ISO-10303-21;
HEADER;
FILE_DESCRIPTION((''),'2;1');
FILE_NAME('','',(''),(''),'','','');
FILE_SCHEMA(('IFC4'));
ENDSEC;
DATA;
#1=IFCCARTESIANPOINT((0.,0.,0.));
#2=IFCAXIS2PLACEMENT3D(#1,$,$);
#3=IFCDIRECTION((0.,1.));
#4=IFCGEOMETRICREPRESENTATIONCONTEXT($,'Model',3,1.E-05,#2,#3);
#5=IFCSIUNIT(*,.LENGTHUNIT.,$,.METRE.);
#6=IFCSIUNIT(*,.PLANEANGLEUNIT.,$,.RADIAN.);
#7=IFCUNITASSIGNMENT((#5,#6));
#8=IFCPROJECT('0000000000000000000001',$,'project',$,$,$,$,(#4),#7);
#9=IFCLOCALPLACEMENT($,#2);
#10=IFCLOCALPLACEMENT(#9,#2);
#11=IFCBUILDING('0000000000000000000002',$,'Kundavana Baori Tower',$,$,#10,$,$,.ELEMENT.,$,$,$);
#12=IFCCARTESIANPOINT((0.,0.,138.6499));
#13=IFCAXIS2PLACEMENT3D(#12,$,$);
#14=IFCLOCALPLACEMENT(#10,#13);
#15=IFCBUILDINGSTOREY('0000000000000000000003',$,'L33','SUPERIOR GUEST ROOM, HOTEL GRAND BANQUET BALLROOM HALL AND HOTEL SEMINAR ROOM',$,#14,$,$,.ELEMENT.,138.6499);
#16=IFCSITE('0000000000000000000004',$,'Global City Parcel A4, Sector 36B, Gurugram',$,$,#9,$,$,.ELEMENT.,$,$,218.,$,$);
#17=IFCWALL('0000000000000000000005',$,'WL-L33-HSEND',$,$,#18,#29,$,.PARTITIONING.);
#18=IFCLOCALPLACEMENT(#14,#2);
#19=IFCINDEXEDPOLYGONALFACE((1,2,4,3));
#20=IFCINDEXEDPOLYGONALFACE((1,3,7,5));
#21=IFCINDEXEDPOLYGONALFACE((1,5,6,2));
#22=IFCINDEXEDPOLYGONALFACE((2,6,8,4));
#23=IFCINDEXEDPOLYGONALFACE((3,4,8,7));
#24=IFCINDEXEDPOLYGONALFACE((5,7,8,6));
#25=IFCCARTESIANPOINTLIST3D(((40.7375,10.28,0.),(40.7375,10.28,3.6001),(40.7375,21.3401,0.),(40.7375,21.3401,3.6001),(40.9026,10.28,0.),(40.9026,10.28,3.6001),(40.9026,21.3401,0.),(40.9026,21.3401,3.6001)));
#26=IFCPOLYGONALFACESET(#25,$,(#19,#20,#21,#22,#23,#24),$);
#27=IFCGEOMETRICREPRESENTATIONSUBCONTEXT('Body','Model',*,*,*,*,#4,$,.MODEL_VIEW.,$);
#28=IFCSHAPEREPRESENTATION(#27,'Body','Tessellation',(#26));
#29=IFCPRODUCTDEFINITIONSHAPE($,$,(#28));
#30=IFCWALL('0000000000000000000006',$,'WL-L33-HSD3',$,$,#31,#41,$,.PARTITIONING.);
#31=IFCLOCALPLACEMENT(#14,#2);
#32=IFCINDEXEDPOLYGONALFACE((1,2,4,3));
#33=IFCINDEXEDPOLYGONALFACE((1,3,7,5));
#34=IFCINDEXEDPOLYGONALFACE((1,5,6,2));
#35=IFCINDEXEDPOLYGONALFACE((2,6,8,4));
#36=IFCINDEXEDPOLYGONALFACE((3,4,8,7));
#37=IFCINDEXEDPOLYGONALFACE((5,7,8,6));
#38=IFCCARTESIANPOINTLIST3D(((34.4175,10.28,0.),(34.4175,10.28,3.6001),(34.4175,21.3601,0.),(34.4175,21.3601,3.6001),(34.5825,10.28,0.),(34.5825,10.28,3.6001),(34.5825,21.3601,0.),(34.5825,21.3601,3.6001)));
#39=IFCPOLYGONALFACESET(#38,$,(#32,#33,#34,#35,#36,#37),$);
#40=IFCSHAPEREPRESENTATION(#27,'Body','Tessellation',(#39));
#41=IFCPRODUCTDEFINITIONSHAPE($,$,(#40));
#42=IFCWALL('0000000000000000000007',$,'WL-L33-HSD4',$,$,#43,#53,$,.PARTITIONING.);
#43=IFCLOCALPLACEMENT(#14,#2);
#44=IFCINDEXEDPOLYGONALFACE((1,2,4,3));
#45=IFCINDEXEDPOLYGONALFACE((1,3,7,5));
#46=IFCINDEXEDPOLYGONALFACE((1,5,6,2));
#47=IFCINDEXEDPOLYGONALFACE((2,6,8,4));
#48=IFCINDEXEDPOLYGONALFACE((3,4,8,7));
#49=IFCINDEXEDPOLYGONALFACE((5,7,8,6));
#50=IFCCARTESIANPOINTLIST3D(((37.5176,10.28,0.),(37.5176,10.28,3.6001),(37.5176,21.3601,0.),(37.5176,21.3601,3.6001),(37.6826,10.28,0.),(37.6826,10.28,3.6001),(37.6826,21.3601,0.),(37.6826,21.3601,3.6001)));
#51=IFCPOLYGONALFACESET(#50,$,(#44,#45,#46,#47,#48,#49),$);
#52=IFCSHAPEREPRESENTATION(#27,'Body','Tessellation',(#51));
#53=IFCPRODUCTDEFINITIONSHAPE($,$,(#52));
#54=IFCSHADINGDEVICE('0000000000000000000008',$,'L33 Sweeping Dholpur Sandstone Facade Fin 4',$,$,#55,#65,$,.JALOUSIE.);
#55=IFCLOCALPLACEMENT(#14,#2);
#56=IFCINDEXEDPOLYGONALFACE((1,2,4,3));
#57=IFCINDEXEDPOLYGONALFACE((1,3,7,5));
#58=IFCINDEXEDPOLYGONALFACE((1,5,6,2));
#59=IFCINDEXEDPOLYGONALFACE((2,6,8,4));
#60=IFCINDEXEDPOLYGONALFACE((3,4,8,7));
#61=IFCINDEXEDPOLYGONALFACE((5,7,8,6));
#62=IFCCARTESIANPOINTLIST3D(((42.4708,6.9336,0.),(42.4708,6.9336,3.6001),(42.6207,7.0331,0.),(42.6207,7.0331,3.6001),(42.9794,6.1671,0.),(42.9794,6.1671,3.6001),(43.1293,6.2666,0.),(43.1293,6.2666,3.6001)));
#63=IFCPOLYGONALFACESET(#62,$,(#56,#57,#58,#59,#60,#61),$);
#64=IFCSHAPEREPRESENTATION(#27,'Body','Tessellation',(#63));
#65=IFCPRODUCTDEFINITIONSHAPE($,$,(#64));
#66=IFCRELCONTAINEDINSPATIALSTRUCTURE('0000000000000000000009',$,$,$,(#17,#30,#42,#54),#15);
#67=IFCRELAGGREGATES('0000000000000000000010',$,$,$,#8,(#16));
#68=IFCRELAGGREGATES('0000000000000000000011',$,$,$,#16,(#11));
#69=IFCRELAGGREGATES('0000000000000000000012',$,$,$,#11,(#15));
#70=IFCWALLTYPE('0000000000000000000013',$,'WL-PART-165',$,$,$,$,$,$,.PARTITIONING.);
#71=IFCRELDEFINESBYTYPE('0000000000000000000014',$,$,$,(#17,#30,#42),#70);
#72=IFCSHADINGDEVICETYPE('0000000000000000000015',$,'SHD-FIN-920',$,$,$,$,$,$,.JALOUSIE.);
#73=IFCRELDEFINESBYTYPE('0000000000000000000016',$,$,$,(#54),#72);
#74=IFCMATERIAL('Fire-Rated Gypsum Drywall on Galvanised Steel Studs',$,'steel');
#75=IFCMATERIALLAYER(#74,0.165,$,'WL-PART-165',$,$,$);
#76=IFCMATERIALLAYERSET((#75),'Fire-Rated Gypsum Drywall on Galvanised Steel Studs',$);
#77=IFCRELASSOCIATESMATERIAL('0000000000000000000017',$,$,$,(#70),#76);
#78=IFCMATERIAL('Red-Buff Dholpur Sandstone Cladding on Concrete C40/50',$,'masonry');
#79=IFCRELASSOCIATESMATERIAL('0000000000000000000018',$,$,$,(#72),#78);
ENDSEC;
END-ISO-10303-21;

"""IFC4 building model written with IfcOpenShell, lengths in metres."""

from ifc_helpers import new_model, si_unit, direction, frame, frame_2d, origin, origin_2d, place, context, subcontext, project, spatial, rectangle, extrude, material, layer, layer_set, type_object, element, save


model = new_model("IFC4")

# Units and contexts
model_context = context("Model", 3, precision=1e-05, world=origin(), true_north=direction((0.0, 1.0)))
body_context = subcontext(model_context, "Body", "Model", "MODEL_VIEW")
ifc_project = project(units=[si_unit("LENGTHUNIT", "METRE"), si_unit("PLANEANGLEUNIT", "RADIAN")], contexts=[model_context])

# Site, building, storey
site_placement = place(None, origin())
site = spatial("IfcSite", under=ifc_project, at=site_placement, Name="Global City Parcel A4, Sector 36B, Gurugram", CompositionType="ELEMENT", RefElevation=218.0)
building_placement = place(site_placement, origin())
building = spatial("IfcBuilding", under=site, at=building_placement, Name="Kundavana Baori Tower", CompositionType="ELEMENT")
storey_placement = place(building_placement, frame((0.0, 0.0, 138.6499)))
storey = spatial("IfcBuildingStorey", under=building, at=storey_placement, Name="L33", Description="SUPERIOR GUEST ROOM, HOTEL GRAND BANQUET BALLROOM HALL AND HOTEL SEMINAR ROOM", CompositionType="ELEMENT", Elevation=138.6499)

# Walls
ifc_material_1 = material(Name="Fire-Rated Gypsum Drywall on Galvanised Steel Studs", Category="steel")
ifc_layer_1 = layer(ifc_material_1, 0.165, Name="WL-PART-165")
ifc_layer_set_1 = layer_set([ifc_layer_1], Name="Fire-Rated Gypsum Drywall on Galvanised Steel Studs")
wall_type_1 = type_object("IfcWallType", Name="WL-PART-165", PredefinedType="PARTITIONING", material=ifc_layer_set_1)
wall_1_placement = place(storey_placement, frame((40.8201, 10.28, 0.0), z_axis=(0.0, 0.0, 1.0), x_axis=(0.0, 1.0, 0.0)))
element("IfcWall", 1, at=wall_1_placement, inside=storey, type_object=wall_type_1, Name="WL-L33-HSEND", PredefinedType="PARTITIONING", context=body_context, shape_type="SweptSolid", body=[
    extrude(rectangle(XDim=11.0601, YDim=0.165, at=frame_2d((5.53, 0.0))), origin(), (0.0, 0.0, 1.0), 3.6001),
])
for number, where, z_axis, x_axis, name in (
    (2, (34.5, 10.28, 0.0), (0.0, 0.0, 1.0), (0.0, 1.0, 0.0), "WL-L33-HSD3"),
    (3, (37.6001, 10.28, 0.0), (0.0, 0.0, 1.0), (0.0, 1.0, 0.0), "WL-L33-HSD4"),
):
    element("IfcWall", number, at=place(storey_placement, frame(where, z_axis=z_axis, x_axis=x_axis)), inside=storey, type_object=wall_type_1, Name=name, PredefinedType="PARTITIONING", context=body_context, shape_type="SweptSolid", body=[
        extrude(rectangle(XDim=11.0801, YDim=0.165, at=frame_2d((5.54, 0.0))), origin(), (0.0, 0.0, 1.0), 3.6001),
    ])

# Shading device
ifc_material_2 = material(Name="Red-Buff Dholpur Sandstone Cladding on Concrete C40/50", Category="masonry")
shading_device_type = type_object("IfcShadingDeviceType", Name="SHD-FIN-920", PredefinedType="JALOUSIE", material=ifc_material_2)
shading_device_placement = place(storey_placement, frame((42.8, 6.6001, 0.0), z_axis=(0.0, 0.0, 1.0), x_axis=(0.833211, 0.552955, 0.0)))
element("IfcShadingDevice", 4, at=shading_device_placement, inside=storey, type_object=shading_device_type, Name="L33 Sweeping Dholpur Sandstone Facade Fin 4", PredefinedType="JALOUSIE", context=body_context, shape_type="SweptSolid", body=[
    extrude(rectangle(XDim=0.1799, YDim=0.9199, at=origin_2d()), origin(), (0.0, 0.0, 1.0), 3.6001),
])

save(model, "model.ifc")
